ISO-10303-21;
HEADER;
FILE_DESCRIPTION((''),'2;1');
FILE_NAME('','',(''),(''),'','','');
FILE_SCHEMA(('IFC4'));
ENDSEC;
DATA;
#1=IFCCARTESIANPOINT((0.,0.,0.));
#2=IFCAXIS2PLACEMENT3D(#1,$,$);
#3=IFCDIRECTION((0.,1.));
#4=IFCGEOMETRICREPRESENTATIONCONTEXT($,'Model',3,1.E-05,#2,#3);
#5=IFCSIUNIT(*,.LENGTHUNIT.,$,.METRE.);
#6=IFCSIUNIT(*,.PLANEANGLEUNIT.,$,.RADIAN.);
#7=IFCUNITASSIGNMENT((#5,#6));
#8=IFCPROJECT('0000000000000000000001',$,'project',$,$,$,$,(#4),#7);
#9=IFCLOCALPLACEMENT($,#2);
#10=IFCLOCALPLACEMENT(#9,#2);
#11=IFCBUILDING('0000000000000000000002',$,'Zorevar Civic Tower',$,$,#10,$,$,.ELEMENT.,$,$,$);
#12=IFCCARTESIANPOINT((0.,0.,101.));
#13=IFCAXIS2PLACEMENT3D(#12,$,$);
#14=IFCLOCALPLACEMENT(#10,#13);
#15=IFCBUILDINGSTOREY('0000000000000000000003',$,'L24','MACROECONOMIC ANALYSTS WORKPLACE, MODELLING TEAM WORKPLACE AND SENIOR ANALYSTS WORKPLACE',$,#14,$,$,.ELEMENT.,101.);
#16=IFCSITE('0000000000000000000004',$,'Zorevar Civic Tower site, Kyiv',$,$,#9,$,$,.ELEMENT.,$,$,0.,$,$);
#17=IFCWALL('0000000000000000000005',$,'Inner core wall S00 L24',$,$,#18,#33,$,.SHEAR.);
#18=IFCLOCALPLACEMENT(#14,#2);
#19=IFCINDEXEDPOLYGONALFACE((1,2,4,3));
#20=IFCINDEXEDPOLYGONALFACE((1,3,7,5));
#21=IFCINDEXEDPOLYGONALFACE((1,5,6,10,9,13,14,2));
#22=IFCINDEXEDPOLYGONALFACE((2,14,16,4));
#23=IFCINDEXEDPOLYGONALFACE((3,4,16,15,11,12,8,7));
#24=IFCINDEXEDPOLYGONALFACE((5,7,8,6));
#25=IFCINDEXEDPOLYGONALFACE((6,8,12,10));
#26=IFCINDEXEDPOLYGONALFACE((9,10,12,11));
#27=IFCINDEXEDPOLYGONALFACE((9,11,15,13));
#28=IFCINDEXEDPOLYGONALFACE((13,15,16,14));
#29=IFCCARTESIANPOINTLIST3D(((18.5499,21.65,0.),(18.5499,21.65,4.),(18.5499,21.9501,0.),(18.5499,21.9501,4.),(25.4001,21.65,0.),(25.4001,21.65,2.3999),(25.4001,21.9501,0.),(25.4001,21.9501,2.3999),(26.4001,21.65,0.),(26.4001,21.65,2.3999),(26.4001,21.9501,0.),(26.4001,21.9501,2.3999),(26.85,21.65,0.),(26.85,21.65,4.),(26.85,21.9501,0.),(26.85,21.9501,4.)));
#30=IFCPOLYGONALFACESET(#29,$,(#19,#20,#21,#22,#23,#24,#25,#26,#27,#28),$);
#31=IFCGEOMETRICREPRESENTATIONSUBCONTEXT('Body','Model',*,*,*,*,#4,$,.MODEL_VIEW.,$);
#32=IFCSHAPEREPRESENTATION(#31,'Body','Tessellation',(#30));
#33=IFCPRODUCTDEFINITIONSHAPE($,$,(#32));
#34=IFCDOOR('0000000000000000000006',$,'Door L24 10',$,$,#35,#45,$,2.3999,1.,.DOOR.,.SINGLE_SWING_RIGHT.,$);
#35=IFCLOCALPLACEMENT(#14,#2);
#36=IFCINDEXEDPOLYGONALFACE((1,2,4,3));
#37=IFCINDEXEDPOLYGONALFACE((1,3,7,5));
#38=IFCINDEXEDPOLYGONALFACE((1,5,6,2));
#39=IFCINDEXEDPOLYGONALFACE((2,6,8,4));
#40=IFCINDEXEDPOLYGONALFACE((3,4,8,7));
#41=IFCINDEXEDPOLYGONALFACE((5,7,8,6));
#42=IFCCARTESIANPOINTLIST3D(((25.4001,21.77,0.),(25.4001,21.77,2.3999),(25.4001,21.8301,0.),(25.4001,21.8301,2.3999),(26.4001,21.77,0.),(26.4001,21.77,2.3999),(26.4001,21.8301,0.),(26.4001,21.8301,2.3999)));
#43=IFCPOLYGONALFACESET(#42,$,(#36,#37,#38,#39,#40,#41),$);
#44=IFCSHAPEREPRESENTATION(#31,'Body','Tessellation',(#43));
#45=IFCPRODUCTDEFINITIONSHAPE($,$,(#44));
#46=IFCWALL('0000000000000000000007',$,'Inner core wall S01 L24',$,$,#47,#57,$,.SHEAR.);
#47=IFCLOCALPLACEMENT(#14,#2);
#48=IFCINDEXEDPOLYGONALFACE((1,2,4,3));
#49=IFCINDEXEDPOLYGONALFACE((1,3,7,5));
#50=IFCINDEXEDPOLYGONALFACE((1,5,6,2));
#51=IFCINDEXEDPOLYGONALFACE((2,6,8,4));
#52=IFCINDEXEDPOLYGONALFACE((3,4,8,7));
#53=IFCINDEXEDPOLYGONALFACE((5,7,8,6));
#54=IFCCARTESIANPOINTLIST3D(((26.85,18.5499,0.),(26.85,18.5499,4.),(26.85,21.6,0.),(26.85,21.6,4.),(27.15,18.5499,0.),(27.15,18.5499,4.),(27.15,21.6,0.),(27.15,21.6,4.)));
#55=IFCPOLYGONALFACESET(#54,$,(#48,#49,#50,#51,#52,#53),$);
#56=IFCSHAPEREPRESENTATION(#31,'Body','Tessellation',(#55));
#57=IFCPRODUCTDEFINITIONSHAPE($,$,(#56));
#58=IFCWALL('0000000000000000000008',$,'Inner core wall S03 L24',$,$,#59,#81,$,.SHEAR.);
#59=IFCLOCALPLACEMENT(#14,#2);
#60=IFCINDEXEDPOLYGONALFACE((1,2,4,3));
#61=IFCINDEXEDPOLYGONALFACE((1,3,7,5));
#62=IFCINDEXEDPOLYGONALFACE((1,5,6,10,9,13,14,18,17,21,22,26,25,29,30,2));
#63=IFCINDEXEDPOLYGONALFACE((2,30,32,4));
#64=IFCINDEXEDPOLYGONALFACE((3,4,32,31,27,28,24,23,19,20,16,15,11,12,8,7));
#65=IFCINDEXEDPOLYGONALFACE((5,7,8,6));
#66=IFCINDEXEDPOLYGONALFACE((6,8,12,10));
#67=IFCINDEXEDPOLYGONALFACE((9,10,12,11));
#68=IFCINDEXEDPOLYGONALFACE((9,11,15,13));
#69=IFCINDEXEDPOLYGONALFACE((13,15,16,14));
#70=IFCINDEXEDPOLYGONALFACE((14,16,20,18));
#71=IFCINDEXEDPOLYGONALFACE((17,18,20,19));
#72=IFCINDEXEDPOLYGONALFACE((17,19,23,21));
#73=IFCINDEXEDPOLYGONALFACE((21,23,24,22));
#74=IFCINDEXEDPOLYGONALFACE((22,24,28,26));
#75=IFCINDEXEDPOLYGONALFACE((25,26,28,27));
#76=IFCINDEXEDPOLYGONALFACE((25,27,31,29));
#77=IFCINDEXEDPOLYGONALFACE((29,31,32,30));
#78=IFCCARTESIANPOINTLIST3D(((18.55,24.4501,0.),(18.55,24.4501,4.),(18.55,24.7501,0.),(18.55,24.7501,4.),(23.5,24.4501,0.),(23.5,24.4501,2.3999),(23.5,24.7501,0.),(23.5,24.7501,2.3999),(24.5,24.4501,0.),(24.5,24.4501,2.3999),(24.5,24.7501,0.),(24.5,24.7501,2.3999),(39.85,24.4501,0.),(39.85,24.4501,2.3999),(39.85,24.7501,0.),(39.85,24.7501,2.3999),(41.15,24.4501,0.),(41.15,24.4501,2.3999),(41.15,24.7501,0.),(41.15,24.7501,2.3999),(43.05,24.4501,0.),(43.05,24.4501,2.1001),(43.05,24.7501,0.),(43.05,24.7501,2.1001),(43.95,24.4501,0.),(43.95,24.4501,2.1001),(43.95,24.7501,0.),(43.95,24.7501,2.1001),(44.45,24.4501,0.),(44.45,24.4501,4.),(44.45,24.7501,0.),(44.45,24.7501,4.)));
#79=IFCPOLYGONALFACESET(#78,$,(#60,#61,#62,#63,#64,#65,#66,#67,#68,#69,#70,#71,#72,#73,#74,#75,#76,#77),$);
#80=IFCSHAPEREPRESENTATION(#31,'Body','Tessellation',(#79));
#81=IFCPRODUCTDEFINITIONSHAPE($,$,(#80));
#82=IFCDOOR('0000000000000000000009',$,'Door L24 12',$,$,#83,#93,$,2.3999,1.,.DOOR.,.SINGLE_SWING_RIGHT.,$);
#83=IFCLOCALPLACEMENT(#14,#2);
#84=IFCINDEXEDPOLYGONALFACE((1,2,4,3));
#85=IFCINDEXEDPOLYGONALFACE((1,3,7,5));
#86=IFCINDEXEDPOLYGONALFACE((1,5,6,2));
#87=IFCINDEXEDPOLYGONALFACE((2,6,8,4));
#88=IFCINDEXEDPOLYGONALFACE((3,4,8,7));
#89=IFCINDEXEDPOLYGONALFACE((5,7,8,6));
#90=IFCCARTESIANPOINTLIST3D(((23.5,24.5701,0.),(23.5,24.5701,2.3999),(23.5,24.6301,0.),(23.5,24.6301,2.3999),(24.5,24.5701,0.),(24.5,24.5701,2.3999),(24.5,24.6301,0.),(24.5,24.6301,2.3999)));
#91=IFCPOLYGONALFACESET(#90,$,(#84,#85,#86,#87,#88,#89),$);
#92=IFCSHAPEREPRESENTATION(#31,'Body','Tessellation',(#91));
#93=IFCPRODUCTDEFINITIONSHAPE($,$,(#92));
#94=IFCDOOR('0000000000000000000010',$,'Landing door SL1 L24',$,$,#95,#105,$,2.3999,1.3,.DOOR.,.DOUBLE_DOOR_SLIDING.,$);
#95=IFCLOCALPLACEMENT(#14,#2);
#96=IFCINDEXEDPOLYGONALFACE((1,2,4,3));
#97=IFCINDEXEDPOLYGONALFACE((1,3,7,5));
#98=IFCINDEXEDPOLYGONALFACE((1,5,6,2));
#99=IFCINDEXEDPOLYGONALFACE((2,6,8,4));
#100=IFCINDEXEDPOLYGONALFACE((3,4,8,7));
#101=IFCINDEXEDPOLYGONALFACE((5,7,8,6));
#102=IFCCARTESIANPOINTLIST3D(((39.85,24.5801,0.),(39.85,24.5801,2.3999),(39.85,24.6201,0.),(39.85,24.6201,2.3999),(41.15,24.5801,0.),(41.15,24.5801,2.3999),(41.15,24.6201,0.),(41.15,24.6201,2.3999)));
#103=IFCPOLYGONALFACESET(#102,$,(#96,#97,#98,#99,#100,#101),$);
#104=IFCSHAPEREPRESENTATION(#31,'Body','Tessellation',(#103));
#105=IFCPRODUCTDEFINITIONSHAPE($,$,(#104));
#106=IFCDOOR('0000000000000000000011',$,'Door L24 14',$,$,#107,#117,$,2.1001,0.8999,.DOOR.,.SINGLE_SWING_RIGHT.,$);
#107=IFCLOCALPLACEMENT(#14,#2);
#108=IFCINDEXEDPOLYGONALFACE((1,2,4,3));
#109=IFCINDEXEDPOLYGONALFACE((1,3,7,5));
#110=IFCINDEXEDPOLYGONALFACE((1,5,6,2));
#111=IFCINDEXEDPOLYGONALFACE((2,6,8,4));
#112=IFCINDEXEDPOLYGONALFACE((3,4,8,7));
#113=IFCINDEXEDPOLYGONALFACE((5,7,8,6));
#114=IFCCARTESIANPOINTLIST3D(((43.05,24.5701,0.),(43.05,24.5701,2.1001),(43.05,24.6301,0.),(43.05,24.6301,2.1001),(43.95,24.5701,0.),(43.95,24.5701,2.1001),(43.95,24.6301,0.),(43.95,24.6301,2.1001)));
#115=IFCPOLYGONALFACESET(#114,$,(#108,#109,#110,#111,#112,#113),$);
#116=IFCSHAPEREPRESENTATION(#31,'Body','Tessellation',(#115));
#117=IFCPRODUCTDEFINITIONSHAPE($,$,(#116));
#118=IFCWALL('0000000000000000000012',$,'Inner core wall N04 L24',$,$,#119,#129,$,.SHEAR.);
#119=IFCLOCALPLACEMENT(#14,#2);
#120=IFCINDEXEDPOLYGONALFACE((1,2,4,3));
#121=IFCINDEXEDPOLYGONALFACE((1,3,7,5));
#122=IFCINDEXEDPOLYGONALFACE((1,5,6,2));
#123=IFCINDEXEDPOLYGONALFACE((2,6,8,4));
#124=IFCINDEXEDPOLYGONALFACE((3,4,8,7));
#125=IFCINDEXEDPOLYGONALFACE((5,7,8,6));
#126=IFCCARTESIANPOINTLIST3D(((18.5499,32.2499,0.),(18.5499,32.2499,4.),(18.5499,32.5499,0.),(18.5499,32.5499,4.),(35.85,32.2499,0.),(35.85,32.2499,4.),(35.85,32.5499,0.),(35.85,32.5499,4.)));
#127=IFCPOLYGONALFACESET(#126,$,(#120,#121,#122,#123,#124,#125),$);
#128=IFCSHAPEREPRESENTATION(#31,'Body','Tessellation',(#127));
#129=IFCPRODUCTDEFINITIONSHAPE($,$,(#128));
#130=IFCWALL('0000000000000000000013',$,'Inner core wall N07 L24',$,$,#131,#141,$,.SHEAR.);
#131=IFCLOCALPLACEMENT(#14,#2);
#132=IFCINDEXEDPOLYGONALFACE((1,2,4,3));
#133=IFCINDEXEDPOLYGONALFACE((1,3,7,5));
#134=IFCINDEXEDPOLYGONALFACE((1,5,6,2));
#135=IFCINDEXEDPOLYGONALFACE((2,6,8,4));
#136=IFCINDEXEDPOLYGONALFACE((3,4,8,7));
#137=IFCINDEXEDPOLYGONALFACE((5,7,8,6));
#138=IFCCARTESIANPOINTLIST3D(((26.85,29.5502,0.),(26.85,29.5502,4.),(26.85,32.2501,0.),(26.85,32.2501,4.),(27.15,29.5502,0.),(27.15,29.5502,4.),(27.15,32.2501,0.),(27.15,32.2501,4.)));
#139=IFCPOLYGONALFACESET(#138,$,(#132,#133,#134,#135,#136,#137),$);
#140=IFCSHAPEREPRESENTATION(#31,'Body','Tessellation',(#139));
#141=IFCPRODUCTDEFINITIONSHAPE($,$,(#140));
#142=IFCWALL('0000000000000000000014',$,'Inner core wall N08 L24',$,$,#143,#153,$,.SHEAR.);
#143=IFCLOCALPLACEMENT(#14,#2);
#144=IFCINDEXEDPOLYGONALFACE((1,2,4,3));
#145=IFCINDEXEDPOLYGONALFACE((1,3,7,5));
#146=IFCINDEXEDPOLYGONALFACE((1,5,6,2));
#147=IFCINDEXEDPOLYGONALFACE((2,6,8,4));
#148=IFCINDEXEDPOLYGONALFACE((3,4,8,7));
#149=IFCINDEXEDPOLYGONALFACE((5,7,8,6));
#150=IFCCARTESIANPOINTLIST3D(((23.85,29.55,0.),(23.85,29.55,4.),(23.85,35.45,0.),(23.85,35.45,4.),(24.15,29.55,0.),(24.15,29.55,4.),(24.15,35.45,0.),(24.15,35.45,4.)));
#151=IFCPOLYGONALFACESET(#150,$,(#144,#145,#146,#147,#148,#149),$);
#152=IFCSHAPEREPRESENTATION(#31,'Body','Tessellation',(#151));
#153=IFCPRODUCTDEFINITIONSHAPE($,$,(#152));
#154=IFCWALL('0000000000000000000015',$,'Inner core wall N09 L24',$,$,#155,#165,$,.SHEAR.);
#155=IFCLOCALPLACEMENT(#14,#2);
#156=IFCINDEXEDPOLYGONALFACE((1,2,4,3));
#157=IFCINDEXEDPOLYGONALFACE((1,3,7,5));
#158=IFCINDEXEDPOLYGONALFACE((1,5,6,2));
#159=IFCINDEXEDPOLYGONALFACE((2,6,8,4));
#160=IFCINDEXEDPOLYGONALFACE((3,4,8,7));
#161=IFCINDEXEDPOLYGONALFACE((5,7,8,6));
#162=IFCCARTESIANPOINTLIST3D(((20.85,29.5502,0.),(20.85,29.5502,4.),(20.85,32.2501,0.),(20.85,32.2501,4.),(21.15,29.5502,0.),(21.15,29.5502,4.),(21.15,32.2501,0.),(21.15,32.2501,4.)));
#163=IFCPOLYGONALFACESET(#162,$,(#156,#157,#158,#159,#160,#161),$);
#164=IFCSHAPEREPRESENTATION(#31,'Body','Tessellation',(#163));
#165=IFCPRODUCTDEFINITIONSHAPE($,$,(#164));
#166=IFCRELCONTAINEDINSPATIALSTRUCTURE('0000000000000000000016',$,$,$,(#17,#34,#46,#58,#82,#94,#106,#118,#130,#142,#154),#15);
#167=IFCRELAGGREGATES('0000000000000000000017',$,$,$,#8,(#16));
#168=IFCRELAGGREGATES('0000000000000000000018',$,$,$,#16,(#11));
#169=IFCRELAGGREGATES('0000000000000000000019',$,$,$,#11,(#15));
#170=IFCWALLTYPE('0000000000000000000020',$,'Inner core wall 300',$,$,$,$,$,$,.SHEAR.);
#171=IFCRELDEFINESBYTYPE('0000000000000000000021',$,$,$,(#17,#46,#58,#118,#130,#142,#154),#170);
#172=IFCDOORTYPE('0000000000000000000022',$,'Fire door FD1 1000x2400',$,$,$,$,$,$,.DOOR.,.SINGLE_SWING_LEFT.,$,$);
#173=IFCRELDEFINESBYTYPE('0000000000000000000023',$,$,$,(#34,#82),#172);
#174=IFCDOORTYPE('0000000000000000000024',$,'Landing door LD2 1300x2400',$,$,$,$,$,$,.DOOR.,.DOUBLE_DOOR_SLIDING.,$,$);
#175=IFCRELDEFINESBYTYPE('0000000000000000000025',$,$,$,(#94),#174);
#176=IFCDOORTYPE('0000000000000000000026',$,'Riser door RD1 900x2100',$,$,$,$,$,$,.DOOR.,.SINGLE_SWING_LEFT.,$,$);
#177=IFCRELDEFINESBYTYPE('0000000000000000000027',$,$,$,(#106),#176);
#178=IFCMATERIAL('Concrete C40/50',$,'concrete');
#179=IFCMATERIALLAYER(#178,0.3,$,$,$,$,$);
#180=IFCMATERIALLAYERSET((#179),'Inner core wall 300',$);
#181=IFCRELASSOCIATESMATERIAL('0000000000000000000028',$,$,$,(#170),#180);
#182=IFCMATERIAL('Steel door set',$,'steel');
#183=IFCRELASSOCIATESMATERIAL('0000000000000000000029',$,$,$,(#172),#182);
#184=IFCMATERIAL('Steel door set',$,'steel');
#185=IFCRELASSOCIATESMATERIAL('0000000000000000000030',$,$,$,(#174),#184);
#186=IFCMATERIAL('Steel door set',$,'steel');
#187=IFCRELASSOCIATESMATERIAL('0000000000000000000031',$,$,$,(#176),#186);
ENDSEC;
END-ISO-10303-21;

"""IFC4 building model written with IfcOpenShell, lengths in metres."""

from ifc_helpers import new_model, si_unit, direction, frame, frame_2d, origin, place, context, subcontext, project, spatial, rectangle, extrude, material, layer, layer_set, type_object, element, fill, save


model = new_model("IFC4")

# Units and contexts
model_context = context("Model", 3, precision=1e-05, world=origin(), true_north=direction((0.0, 1.0)))
body_context = subcontext(model_context, "Body", "Model", "MODEL_VIEW")
ifc_project = project(units=[si_unit("LENGTHUNIT", "METRE"), si_unit("PLANEANGLEUNIT", "RADIAN")], contexts=[model_context])

# Site, building, storey
site_placement = place(None, origin())
site = spatial("IfcSite", under=ifc_project, at=site_placement, Name="Zorevar Civic Tower site, Kyiv", CompositionType="ELEMENT", RefElevation=0.0)
building_placement = place(site_placement, origin())
building = spatial("IfcBuilding", under=site, at=building_placement, Name="Zorevar Civic Tower", CompositionType="ELEMENT")
storey_placement = place(building_placement, frame((0.0, 0.0, 101.0)))
storey = spatial("IfcBuildingStorey", under=building, at=storey_placement, Name="L24", Description="MACROECONOMIC ANALYSTS WORKPLACE, MODELLING TEAM WORKPLACE AND SENIOR ANALYSTS WORKPLACE", CompositionType="ELEMENT", Elevation=101.0)

# Wall, opening, door
ifc_material_1 = material(Name="Concrete C40/50", Category="concrete")
ifc_layer = layer(ifc_material_1, 0.3)
ifc_layer_set = layer_set([ifc_layer], Name="Inner core wall 300")
wall_type = type_object("IfcWallType", Name="Inner core wall 300", PredefinedType="SHEAR", material=ifc_layer_set)
wall_1_placement = place(storey_placement, frame((18.55, 21.8, 0.0), z_axis=(0.0, 0.0, 1.0), x_axis=(1.0, 0.0, 0.0)))
wall_1 = element("IfcWall", 1, at=wall_1_placement, inside=storey, type_object=wall_type, Name="Inner core wall S00 L24", PredefinedType="SHEAR", context=body_context, shape_type="SweptSolid", body=[
    extrude(rectangle(XDim=8.3, YDim=0.3, at=frame_2d((4.1499, 0.0))), origin(), (0.0, 0.0, 1.0), 4.0),
])
opening_1_placement = place(wall_1_placement, frame((6.8501, 0.0, 0.0)))
opening_1 = element("IfcOpeningElement", 2, at=opening_1_placement, cuts=wall_1, PredefinedType="OPENING", context=body_context, shape_type="SweptSolid", body=[
    extrude(rectangle(XDim=1.0, YDim=2.3999, at=frame_2d((0.5, 1.2))), frame((0.0, 0.1599, 0.0), z_axis=(0.0, -1.0, 0.0), x_axis=(1.0, 0.0, 0.0)), (0.0, 0.0, 1.0), 0.3201),
])
ifc_material_2 = material(Name="Steel door set", Category="steel")
door_type_1 = type_object("IfcDoorType", Name="Fire door FD1 1000x2400", OperationType="SINGLE_SWING_LEFT", PredefinedType="DOOR", material=ifc_material_2)
door_1_placement = place(opening_1_placement, origin())
door_1 = element("IfcDoor", 3, at=door_1_placement, inside=storey, type_object=door_type_1, Name="Door L24 10", OperationType="SINGLE_SWING_RIGHT", OverallHeight=2.3999, OverallWidth=1.0, PredefinedType="DOOR", context=body_context, shape_type="SweptSolid", body=[
    extrude(rectangle(XDim=1.0, YDim=2.3999, at=frame_2d((0.5, 1.2))), frame((0.0, 0.03, 0.0), z_axis=(0.0, -1.0, 0.0), x_axis=(1.0, 0.0, 0.0)), (0.0, 0.0, 1.0), 0.0601),
])
fill(opening_1, door_1)

# Wall
wall_2_placement = place(storey_placement, frame((27.0, 18.55, 0.0), z_axis=(0.0, 0.0, 1.0), x_axis=(0.0, 1.0, 0.0)))
element("IfcWall", 4, at=wall_2_placement, inside=storey, type_object=wall_type, Name="Inner core wall S01 L24", PredefinedType="SHEAR", context=body_context, shape_type="SweptSolid", body=[
    extrude(rectangle(XDim=3.05, YDim=0.3, at=frame_2d((1.5249, 0.0))), origin(), (0.0, 0.0, 1.0), 4.0),
])

# Wall, openings, doors
wall_3_placement = place(storey_placement, frame((18.55, 24.6001, 0.0), z_axis=(0.0, 0.0, 1.0), x_axis=(1.0, 0.0, 0.0)))
wall_3 = element("IfcWall", 5, at=wall_3_placement, inside=storey, type_object=wall_type, Name="Inner core wall S03 L24", PredefinedType="SHEAR", context=body_context, shape_type="SweptSolid", body=[
    extrude(rectangle(XDim=25.8999, YDim=0.3, at=frame_2d((12.95, 0.0))), origin(), (0.0, 0.0, 1.0), 4.0),
])
opening_2_placement = place(wall_3_placement, frame((4.95, 0.0, 0.0)))
opening_2 = element("IfcOpeningElement", 6, at=opening_2_placement, cuts=wall_3, PredefinedType="OPENING", context=body_context, shape_type="SweptSolid", body=[
    extrude(rectangle(XDim=1.0, YDim=2.3999, at=frame_2d((0.5, 1.2))), frame((0.0, 0.1599, 0.0), z_axis=(0.0, -1.0, 0.0), x_axis=(1.0, 0.0, 0.0)), (0.0, 0.0, 1.0), 0.3201),
])
opening_3_placement = place(wall_3_placement, frame((24.5, 0.0, 0.0)))
opening_3 = element("IfcOpeningElement", 7, at=opening_3_placement, cuts=wall_3, PredefinedType="OPENING", context=body_context, shape_type="SweptSolid", body=[
    extrude(rectangle(XDim=0.8999, YDim=2.1001, at=frame_2d((0.45, 1.05))), frame((0.0, 0.1599, 0.0), z_axis=(0.0, -1.0, 0.0), x_axis=(1.0, 0.0, 0.0)), (0.0, 0.0, 1.0), 0.3201),
])
opening_4_placement = place(wall_3_placement, frame((21.3, 0.0, 0.0)))
opening_4 = element("IfcOpeningElement", 8, at=opening_4_placement, cuts=wall_3, PredefinedType="OPENING", context=body_context, shape_type="SweptSolid", body=[
    extrude(rectangle(XDim=1.3, YDim=2.3999, at=frame_2d((0.6499, 1.2))), frame((0.0, 0.1599, 0.0), z_axis=(0.0, -1.0, 0.0), x_axis=(1.0, 0.0, 0.0)), (0.0, 0.0, 1.0), 0.3201),
])
door_2_placement = place(opening_2_placement, origin())
door_2 = element("IfcDoor", 9, at=door_2_placement, inside=storey, type_object=door_type_1, Name="Door L24 12", OperationType="SINGLE_SWING_RIGHT", OverallHeight=2.3999, OverallWidth=1.0, PredefinedType="DOOR", context=body_context, shape_type="SweptSolid", body=[
    extrude(rectangle(XDim=1.0, YDim=2.3999, at=frame_2d((0.5, 1.2))), frame((0.0, 0.03, 0.0), z_axis=(0.0, -1.0, 0.0), x_axis=(1.0, 0.0, 0.0)), (0.0, 0.0, 1.0), 0.0601),
])
fill(opening_2, door_2)
ifc_material_3 = material(Name="Steel door set", Category="steel")
door_type_2 = type_object("IfcDoorType", Name="Landing door LD2 1300x2400", OperationType="DOUBLE_DOOR_SLIDING", PredefinedType="DOOR", material=ifc_material_3)
door_3_placement = place(opening_4_placement, origin())
door_3 = element("IfcDoor", 10, at=door_3_placement, inside=storey, type_object=door_type_2, Name="Landing door SL1 L24", OperationType="DOUBLE_DOOR_SLIDING", OverallHeight=2.3999, OverallWidth=1.3, PredefinedType="DOOR", context=body_context, shape_type="SweptSolid", body=[
    extrude(rectangle(XDim=1.3, YDim=2.3999, at=frame_2d((0.6499, 1.2))), frame((0.0, 0.02, 0.0), z_axis=(0.0, -1.0, 0.0), x_axis=(1.0, 0.0, 0.0)), (0.0, 0.0, 1.0), 0.04),
])
fill(opening_4, door_3)
ifc_material_4 = material(Name="Steel door set", Category="steel")
door_type_3 = type_object("IfcDoorType", Name="Riser door RD1 900x2100", OperationType="SINGLE_SWING_LEFT", PredefinedType="DOOR", material=ifc_material_4)
door_4_placement = place(opening_3_placement, origin())
door_4 = element("IfcDoor", 11, at=door_4_placement, inside=storey, type_object=door_type_3, Name="Door L24 14", OperationType="SINGLE_SWING_RIGHT", OverallHeight=2.1001, OverallWidth=0.8999, PredefinedType="DOOR", context=body_context, shape_type="SweptSolid", body=[
    extrude(rectangle(XDim=0.8999, YDim=2.1001, at=frame_2d((0.45, 1.05))), frame((0.0, 0.03, 0.0), z_axis=(0.0, -1.0, 0.0), x_axis=(1.0, 0.0, 0.0)), (0.0, 0.0, 1.0), 0.0601),
])
fill(opening_3, door_4)

# Walls
wall_4_placement = place(storey_placement, frame((18.55, 32.3999, 0.0), z_axis=(0.0, 0.0, 1.0), x_axis=(1.0, 0.0, 0.0)))
element("IfcWall", 12, at=wall_4_placement, inside=storey, type_object=wall_type, Name="Inner core wall N04 L24", PredefinedType="SHEAR", context=body_context, shape_type="SweptSolid", body=[
    extrude(rectangle(XDim=17.3, YDim=0.3, at=frame_2d((8.6499, 0.0))), origin(), (0.0, 0.0, 1.0), 4.0),
])
wall_5_placement = place(storey_placement, frame((27.0, 29.55, 0.0), z_axis=(0.0, 0.0, 1.0), x_axis=(0.0, 1.0, 0.0)))
element("IfcWall", 13, at=wall_5_placement, inside=storey, type_object=wall_type, Name="Inner core wall N07 L24", PredefinedType="SHEAR", context=body_context, shape_type="SweptSolid", body=[
    extrude(rectangle(XDim=2.7, YDim=0.3, at=frame_2d((1.3501, 0.0))), origin(), (0.0, 0.0, 1.0), 4.0),
])
wall_6_placement = place(storey_placement, frame((24.0, 29.55, 0.0), z_axis=(0.0, 0.0, 1.0), x_axis=(0.0, 1.0, 0.0)))
element("IfcWall", 14, at=wall_6_placement, inside=storey, type_object=wall_type, Name="Inner core wall N08 L24", PredefinedType="SHEAR", context=body_context, shape_type="SweptSolid", body=[
    extrude(rectangle(XDim=5.8999, YDim=0.3, at=frame_2d((2.95, 0.0))), origin(), (0.0, 0.0, 1.0), 4.0),
])
wall_7_placement = place(storey_placement, frame((21.0, 29.55, 0.0), z_axis=(0.0, 0.0, 1.0), x_axis=(0.0, 1.0, 0.0)))
element("IfcWall", 15, at=wall_7_placement, inside=storey, type_object=wall_type, Name="Inner core wall N09 L24", PredefinedType="SHEAR", context=body_context, shape_type="SweptSolid", body=[
    extrude(rectangle(XDim=2.7, YDim=0.3, at=frame_2d((1.3501, 0.0))), origin(), (0.0, 0.0, 1.0), 4.0),
])

save(model, "model.ifc")
